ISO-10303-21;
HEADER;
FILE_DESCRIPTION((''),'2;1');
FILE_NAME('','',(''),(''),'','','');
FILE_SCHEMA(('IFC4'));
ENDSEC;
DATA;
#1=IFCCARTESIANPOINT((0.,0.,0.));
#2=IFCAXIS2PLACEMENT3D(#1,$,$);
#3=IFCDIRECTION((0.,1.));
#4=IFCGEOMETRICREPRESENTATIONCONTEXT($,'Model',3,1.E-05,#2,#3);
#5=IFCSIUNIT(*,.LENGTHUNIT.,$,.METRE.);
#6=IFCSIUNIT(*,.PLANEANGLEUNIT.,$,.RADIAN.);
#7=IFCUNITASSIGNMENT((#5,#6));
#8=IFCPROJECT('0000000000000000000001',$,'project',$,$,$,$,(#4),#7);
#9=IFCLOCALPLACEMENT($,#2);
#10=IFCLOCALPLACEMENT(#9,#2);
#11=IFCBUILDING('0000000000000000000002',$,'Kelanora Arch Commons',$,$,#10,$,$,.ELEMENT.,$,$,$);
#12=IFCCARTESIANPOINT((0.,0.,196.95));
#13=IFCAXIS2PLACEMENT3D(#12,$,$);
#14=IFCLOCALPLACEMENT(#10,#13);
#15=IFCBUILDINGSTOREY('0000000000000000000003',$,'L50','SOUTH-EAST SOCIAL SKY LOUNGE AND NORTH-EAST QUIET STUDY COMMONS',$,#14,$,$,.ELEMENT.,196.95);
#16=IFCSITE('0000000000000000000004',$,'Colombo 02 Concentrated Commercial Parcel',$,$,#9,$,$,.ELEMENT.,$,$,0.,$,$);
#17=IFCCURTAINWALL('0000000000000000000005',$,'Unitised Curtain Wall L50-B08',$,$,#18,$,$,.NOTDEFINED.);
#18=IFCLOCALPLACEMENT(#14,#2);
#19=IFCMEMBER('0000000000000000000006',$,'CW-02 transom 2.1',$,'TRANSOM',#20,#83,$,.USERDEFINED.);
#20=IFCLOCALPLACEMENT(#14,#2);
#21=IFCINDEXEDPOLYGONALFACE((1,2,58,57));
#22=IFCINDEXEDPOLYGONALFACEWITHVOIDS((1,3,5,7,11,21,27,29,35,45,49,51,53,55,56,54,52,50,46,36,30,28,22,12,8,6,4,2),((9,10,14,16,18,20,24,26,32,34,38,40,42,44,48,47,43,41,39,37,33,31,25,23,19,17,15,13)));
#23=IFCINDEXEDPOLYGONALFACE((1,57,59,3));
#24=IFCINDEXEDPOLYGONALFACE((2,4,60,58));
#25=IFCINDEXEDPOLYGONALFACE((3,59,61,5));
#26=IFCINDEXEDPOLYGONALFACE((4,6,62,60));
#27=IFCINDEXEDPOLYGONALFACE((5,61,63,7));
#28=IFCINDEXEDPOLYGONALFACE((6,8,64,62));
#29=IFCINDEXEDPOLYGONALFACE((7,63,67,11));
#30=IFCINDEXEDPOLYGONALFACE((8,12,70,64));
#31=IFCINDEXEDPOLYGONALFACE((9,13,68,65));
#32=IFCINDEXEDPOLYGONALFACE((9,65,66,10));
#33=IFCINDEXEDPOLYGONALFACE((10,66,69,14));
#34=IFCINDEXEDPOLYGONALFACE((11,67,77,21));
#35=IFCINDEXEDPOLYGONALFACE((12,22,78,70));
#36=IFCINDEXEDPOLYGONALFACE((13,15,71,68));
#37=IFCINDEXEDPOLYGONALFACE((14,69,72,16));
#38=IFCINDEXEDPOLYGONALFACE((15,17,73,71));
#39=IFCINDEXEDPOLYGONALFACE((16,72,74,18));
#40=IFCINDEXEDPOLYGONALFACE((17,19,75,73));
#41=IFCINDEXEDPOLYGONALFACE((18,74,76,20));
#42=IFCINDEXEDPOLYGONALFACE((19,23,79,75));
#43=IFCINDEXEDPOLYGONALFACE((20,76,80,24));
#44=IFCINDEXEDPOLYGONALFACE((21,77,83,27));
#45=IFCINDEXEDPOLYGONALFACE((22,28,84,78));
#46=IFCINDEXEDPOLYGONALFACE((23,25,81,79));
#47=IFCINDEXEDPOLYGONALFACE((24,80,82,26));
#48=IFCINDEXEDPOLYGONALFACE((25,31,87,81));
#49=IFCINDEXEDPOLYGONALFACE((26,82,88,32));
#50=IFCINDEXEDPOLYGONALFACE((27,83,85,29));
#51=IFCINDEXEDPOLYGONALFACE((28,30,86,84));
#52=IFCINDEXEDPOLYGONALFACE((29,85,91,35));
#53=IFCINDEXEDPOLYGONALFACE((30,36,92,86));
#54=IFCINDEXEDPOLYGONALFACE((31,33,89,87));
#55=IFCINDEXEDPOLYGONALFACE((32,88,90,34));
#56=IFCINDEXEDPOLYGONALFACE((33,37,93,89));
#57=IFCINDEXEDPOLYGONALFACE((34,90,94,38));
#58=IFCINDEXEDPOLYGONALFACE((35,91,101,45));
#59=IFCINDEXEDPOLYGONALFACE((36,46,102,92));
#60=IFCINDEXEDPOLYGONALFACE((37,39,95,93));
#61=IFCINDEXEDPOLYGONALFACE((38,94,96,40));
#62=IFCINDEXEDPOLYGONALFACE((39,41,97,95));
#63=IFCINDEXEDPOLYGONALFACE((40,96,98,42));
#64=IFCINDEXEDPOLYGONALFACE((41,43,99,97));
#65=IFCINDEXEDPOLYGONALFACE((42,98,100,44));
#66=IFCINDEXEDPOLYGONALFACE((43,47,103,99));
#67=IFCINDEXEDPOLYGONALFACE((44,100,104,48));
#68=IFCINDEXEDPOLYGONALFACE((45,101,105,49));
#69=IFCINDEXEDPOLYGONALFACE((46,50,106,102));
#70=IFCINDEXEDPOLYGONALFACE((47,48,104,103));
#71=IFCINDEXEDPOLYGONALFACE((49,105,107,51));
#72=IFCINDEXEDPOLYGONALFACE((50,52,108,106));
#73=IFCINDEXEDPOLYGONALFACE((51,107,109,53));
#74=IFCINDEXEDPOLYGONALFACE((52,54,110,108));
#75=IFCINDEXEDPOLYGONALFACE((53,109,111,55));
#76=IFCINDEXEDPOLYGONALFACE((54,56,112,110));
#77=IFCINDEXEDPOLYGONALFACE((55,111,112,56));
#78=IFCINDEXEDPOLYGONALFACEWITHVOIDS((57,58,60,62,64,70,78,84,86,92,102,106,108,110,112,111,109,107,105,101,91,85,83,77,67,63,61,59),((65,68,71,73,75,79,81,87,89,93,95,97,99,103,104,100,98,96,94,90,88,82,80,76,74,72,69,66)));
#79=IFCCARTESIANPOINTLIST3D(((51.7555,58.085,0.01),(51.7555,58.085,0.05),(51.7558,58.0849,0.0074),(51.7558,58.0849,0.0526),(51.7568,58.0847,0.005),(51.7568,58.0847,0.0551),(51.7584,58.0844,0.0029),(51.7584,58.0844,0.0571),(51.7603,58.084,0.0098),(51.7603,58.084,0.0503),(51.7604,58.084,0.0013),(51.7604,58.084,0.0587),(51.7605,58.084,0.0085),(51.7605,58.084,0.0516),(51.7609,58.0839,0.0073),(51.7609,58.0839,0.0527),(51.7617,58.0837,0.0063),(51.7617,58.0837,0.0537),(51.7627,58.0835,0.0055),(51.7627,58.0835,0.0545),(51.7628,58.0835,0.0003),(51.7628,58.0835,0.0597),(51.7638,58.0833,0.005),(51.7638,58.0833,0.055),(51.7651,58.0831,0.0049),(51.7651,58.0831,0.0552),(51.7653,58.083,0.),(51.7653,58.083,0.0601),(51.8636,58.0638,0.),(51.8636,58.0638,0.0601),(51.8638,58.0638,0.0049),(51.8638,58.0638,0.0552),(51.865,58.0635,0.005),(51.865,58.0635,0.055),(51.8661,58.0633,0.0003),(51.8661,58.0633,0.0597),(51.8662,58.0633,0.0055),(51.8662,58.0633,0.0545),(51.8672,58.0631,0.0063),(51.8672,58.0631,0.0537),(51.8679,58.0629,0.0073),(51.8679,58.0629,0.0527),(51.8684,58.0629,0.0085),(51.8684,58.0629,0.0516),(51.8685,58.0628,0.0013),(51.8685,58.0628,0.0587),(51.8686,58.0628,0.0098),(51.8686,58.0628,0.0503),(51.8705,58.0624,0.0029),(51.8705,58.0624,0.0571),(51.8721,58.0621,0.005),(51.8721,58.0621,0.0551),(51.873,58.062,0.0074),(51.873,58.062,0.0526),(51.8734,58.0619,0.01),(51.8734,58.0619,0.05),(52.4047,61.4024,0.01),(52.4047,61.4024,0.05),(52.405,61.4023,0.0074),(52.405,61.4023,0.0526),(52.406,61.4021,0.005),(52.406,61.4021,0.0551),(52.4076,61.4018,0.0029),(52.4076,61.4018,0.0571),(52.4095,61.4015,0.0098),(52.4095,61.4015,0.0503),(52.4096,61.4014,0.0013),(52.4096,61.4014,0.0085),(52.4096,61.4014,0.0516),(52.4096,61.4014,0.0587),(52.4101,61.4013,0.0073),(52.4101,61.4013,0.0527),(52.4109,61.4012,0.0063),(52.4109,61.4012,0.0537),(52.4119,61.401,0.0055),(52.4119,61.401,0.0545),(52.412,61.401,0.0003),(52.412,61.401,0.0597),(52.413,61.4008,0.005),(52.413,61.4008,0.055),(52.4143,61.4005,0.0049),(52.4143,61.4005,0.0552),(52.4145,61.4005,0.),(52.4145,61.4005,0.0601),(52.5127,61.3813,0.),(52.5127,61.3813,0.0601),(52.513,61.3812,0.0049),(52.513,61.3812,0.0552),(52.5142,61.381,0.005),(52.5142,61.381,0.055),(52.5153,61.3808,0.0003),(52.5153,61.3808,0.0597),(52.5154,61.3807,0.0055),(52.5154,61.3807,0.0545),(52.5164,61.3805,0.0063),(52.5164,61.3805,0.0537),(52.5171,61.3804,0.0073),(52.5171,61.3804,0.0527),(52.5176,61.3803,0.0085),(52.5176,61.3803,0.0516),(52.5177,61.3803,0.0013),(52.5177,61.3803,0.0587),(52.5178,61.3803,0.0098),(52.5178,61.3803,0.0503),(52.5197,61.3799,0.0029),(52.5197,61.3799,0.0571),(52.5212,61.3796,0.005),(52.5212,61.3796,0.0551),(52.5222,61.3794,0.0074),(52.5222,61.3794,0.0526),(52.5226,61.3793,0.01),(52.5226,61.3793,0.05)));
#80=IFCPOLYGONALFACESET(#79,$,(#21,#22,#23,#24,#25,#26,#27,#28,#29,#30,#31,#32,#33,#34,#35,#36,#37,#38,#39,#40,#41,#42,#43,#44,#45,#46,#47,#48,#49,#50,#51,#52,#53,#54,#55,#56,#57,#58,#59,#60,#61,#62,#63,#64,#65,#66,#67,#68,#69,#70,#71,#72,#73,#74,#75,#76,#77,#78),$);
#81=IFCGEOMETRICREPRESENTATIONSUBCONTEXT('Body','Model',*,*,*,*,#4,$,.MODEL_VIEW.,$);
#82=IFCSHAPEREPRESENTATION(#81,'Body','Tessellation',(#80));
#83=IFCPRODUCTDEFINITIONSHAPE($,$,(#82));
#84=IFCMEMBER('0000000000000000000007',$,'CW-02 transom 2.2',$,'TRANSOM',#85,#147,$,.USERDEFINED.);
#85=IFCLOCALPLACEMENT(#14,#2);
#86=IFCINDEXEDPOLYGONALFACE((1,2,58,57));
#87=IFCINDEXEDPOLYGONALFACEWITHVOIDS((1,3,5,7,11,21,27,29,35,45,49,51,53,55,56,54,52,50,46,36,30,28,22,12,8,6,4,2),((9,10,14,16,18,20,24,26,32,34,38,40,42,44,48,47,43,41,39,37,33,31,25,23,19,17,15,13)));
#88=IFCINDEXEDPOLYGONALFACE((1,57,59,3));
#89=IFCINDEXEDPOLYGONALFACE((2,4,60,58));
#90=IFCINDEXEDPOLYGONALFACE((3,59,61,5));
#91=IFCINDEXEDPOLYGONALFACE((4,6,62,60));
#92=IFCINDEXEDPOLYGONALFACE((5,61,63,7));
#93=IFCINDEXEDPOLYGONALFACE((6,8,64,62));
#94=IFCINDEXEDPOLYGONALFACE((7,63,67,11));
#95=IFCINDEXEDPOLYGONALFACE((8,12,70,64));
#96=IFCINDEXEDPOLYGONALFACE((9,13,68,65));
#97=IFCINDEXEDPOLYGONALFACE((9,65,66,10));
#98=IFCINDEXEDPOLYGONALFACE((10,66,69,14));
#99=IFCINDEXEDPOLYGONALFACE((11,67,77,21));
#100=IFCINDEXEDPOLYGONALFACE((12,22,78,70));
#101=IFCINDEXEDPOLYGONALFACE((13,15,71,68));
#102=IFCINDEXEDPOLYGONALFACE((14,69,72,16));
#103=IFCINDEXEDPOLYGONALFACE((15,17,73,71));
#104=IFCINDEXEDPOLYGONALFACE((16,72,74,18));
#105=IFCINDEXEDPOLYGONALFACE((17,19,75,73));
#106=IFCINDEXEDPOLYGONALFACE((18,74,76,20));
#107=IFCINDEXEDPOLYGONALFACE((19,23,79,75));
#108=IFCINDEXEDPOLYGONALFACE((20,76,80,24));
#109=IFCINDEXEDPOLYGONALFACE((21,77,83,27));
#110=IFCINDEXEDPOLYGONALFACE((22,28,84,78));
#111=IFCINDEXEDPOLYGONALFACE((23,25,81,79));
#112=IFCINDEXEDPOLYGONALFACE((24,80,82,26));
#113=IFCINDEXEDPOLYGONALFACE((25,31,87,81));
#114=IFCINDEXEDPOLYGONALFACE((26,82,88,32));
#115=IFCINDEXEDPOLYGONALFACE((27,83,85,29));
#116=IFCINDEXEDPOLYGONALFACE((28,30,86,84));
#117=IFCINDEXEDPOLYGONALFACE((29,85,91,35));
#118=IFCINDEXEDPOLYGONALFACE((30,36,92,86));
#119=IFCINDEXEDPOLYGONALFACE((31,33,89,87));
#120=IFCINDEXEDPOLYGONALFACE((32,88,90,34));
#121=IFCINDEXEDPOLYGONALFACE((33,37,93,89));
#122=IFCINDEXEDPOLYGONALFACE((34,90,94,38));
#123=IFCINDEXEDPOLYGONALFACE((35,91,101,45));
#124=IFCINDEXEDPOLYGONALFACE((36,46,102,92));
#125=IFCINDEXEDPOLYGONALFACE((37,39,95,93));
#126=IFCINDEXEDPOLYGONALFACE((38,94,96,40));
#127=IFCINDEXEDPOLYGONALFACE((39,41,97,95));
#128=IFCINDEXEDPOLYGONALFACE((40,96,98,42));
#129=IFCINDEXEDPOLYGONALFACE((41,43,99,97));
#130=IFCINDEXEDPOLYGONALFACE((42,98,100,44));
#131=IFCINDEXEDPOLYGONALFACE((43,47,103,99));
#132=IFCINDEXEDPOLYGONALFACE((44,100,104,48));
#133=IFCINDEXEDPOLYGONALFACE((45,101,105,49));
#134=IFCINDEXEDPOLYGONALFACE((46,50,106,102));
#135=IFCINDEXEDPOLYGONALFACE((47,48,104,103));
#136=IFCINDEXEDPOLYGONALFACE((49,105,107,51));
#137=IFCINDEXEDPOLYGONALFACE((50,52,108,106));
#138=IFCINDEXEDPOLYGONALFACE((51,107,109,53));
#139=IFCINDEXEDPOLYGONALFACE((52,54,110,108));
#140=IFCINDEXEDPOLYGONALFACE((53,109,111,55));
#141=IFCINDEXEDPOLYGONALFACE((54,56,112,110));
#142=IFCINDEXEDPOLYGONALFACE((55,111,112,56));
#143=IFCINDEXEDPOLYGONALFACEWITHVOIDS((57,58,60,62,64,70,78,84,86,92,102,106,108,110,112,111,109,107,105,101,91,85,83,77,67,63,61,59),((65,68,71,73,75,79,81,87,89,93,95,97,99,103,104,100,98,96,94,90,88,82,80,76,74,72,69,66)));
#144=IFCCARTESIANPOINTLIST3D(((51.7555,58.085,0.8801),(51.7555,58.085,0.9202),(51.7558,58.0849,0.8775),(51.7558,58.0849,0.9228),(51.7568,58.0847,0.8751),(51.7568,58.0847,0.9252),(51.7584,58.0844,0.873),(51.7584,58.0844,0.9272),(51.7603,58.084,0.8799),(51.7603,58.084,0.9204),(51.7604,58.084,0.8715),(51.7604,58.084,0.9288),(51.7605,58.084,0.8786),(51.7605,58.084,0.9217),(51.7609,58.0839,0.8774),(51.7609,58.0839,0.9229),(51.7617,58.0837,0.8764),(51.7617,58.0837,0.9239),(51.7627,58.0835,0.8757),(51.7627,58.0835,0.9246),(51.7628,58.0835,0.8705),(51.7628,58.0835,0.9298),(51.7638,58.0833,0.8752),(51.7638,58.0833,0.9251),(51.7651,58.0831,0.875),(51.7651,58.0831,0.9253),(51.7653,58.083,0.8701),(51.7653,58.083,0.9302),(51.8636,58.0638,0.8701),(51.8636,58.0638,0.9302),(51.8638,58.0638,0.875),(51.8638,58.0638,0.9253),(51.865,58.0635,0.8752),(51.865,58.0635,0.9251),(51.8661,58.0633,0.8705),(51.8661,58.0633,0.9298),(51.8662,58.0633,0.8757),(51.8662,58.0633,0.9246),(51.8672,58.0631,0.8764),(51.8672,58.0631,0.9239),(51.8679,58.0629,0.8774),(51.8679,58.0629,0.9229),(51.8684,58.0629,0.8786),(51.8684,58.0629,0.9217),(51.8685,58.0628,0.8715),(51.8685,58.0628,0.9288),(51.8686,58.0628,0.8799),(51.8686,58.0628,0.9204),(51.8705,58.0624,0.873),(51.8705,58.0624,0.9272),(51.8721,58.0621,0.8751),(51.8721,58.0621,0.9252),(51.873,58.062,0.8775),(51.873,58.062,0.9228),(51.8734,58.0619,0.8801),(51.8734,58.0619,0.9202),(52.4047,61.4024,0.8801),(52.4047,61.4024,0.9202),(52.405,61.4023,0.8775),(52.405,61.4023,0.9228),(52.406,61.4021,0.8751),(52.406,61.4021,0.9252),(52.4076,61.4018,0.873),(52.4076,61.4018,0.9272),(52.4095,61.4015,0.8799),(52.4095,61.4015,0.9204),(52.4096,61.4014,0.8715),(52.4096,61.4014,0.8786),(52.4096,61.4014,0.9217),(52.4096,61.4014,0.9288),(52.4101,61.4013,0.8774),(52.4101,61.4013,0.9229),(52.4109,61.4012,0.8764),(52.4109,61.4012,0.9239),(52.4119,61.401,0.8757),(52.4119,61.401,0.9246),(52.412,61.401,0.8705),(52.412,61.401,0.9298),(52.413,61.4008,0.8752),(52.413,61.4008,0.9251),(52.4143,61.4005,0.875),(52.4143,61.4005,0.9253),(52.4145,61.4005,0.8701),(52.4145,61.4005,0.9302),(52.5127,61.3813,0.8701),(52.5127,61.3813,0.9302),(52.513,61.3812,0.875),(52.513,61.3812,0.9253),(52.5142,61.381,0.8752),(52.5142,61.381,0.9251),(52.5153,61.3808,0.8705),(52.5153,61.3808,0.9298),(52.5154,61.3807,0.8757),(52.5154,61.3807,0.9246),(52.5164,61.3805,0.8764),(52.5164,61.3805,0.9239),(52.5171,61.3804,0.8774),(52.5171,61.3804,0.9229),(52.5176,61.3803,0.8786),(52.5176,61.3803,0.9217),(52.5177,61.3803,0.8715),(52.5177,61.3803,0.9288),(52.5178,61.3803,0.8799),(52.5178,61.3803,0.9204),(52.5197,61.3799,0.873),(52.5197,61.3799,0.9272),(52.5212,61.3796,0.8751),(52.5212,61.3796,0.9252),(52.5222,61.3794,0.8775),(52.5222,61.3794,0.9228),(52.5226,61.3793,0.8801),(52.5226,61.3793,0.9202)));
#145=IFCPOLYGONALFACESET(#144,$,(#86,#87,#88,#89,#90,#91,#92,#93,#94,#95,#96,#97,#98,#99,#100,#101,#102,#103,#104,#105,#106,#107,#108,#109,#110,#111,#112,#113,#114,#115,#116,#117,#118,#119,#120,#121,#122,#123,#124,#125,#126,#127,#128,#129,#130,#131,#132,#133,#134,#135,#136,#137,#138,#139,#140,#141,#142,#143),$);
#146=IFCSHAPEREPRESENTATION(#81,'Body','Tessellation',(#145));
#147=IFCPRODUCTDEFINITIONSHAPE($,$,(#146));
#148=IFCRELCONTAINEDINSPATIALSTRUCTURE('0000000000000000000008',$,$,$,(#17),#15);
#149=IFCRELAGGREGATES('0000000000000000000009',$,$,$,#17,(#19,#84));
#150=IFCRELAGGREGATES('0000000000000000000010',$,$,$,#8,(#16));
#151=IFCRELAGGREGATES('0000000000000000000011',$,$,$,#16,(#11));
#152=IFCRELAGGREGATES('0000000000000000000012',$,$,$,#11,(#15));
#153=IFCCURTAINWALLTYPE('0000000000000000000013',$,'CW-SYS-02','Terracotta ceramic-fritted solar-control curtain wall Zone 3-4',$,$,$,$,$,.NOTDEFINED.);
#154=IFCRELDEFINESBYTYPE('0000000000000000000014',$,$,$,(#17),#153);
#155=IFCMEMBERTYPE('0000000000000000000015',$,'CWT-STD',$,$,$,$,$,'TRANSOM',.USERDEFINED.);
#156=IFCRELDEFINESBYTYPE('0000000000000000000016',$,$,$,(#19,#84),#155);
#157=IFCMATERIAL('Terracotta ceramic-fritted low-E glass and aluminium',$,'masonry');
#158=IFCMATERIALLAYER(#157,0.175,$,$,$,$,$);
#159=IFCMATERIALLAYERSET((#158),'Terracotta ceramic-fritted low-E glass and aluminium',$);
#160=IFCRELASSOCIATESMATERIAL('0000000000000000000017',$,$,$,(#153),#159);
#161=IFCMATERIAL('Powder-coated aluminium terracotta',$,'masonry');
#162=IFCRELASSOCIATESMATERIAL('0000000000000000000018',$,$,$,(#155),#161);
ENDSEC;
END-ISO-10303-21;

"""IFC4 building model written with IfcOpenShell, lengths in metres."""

from ifc_helpers import new_model, si_unit, direction, frame, origin, origin_2d, place, context, subcontext, project, spatial, hollow_rectangle, extrude, material, layer, layer_set, material_profile, profile_set, type_object, element, aggregate, save


model = new_model("IFC4")

# Units and contexts
model_context = context("Model", 3, precision=1e-05, world=origin(), true_north=direction((0.0, 1.0)))
body_context = subcontext(model_context, "Body", "Model", "MODEL_VIEW")
ifc_project = project(units=[si_unit("LENGTHUNIT", "METRE"), si_unit("PLANEANGLEUNIT", "RADIAN")], contexts=[model_context])

# Site, building, storey
site_placement = place(None, origin())
site = spatial("IfcSite", under=ifc_project, at=site_placement, Name="Colombo 02 Concentrated Commercial Parcel", CompositionType="ELEMENT", RefElevation=0.0)
building_placement = place(site_placement, origin())
building = spatial("IfcBuilding", under=site, at=building_placement, Name="Kelanora Arch Commons", CompositionType="ELEMENT")
storey_placement = place(building_placement, frame((0.0, 0.0, 196.95)))
storey = spatial("IfcBuildingStorey", under=building, at=storey_placement, Name="L50", Description="SOUTH-EAST SOCIAL SKY LOUNGE AND NORTH-EAST QUIET STUDY COMMONS", CompositionType="ELEMENT", Elevation=196.95)

# Curtain wall, members
ifc_material_1 = material(Name="Terracotta ceramic-fritted low-E glass and aluminium", Category="masonry")
ifc_layer_1 = layer(ifc_material_1, 0.175)
ifc_layer_set_1 = layer_set([ifc_layer_1], Name="Terracotta ceramic-fritted low-E glass and aluminium")
curtain_wall_type = type_object("IfcCurtainWallType", Name="CW-SYS-02", Description="Terracotta ceramic-fritted solar-control curtain wall Zone 3-4", PredefinedType="NOTDEFINED", material=ifc_layer_set_1)
curtain_wall_placement = place(storey_placement, origin())
curtain_wall = element("IfcCurtainWall", 1, at=curtain_wall_placement, inside=storey, type_object=curtain_wall_type, Name="Unitised Curtain Wall L50-B08", PredefinedType="NOTDEFINED")
ifc_material_2 = material(Name="Powder-coated aluminium terracotta", Category="masonry")
ifc_material_profile_1 = material_profile(ifc_material_2, hollow_rectangle(XDim=0.1201, YDim=0.0601, WallThickness=0.0049, InnerFilletRadius=0.0049, OuterFilletRadius=0.01, at=origin_2d()), Name="CWT120x60")
ifc_profile_set_1 = profile_set([ifc_material_profile_1], Name="Powder-coated aluminium terracotta")
member_type_1 = type_object("IfcMemberType", Name="CWT-STD", ElementType="TRANSOM", PredefinedType="USERDEFINED", material=ifc_profile_set_1)
member_1_placement = place(storey_placement, frame((52.4636, 61.3909, 0.03), z_axis=(-0.192045, -0.981386, 0.0), x_axis=(0.981386, -0.192045, 0.0)))
member_1 = element("IfcMember", 2, at=member_1_placement, type_object=member_type_1, Name="CW-02 transom 2.1", ObjectType="TRANSOM", PredefinedType="USERDEFINED", context=body_context, shape_type="SweptSolid", body=[
    extrude(hollow_rectangle(XDim=0.1201, YDim=0.0601, WallThickness=0.0049, InnerFilletRadius=0.0049, OuterFilletRadius=0.01, at=origin_2d()), origin(), (0.0, 0.0, 1.0), 3.3804),
])
member_2_placement = place(storey_placement, frame((52.4636, 61.3909, 0.9001), z_axis=(-0.192045, -0.981386, 0.0), x_axis=(0.981386, -0.192045, 0.0)))
member_2 = element("IfcMember", 3, at=member_2_placement, type_object=member_type_1, Name="CW-02 transom 2.2", ObjectType="TRANSOM", PredefinedType="USERDEFINED", context=body_context, shape_type="SweptSolid", body=[
    extrude(hollow_rectangle(XDim=0.1201, YDim=0.0601, WallThickness=0.0049, InnerFilletRadius=0.0049, OuterFilletRadius=0.01, at=origin_2d()), origin(), (0.0, 0.0, 1.0), 3.3804),
])
aggregate(curtain_wall, [member_1, member_2])

save(model, "model.ifc")
